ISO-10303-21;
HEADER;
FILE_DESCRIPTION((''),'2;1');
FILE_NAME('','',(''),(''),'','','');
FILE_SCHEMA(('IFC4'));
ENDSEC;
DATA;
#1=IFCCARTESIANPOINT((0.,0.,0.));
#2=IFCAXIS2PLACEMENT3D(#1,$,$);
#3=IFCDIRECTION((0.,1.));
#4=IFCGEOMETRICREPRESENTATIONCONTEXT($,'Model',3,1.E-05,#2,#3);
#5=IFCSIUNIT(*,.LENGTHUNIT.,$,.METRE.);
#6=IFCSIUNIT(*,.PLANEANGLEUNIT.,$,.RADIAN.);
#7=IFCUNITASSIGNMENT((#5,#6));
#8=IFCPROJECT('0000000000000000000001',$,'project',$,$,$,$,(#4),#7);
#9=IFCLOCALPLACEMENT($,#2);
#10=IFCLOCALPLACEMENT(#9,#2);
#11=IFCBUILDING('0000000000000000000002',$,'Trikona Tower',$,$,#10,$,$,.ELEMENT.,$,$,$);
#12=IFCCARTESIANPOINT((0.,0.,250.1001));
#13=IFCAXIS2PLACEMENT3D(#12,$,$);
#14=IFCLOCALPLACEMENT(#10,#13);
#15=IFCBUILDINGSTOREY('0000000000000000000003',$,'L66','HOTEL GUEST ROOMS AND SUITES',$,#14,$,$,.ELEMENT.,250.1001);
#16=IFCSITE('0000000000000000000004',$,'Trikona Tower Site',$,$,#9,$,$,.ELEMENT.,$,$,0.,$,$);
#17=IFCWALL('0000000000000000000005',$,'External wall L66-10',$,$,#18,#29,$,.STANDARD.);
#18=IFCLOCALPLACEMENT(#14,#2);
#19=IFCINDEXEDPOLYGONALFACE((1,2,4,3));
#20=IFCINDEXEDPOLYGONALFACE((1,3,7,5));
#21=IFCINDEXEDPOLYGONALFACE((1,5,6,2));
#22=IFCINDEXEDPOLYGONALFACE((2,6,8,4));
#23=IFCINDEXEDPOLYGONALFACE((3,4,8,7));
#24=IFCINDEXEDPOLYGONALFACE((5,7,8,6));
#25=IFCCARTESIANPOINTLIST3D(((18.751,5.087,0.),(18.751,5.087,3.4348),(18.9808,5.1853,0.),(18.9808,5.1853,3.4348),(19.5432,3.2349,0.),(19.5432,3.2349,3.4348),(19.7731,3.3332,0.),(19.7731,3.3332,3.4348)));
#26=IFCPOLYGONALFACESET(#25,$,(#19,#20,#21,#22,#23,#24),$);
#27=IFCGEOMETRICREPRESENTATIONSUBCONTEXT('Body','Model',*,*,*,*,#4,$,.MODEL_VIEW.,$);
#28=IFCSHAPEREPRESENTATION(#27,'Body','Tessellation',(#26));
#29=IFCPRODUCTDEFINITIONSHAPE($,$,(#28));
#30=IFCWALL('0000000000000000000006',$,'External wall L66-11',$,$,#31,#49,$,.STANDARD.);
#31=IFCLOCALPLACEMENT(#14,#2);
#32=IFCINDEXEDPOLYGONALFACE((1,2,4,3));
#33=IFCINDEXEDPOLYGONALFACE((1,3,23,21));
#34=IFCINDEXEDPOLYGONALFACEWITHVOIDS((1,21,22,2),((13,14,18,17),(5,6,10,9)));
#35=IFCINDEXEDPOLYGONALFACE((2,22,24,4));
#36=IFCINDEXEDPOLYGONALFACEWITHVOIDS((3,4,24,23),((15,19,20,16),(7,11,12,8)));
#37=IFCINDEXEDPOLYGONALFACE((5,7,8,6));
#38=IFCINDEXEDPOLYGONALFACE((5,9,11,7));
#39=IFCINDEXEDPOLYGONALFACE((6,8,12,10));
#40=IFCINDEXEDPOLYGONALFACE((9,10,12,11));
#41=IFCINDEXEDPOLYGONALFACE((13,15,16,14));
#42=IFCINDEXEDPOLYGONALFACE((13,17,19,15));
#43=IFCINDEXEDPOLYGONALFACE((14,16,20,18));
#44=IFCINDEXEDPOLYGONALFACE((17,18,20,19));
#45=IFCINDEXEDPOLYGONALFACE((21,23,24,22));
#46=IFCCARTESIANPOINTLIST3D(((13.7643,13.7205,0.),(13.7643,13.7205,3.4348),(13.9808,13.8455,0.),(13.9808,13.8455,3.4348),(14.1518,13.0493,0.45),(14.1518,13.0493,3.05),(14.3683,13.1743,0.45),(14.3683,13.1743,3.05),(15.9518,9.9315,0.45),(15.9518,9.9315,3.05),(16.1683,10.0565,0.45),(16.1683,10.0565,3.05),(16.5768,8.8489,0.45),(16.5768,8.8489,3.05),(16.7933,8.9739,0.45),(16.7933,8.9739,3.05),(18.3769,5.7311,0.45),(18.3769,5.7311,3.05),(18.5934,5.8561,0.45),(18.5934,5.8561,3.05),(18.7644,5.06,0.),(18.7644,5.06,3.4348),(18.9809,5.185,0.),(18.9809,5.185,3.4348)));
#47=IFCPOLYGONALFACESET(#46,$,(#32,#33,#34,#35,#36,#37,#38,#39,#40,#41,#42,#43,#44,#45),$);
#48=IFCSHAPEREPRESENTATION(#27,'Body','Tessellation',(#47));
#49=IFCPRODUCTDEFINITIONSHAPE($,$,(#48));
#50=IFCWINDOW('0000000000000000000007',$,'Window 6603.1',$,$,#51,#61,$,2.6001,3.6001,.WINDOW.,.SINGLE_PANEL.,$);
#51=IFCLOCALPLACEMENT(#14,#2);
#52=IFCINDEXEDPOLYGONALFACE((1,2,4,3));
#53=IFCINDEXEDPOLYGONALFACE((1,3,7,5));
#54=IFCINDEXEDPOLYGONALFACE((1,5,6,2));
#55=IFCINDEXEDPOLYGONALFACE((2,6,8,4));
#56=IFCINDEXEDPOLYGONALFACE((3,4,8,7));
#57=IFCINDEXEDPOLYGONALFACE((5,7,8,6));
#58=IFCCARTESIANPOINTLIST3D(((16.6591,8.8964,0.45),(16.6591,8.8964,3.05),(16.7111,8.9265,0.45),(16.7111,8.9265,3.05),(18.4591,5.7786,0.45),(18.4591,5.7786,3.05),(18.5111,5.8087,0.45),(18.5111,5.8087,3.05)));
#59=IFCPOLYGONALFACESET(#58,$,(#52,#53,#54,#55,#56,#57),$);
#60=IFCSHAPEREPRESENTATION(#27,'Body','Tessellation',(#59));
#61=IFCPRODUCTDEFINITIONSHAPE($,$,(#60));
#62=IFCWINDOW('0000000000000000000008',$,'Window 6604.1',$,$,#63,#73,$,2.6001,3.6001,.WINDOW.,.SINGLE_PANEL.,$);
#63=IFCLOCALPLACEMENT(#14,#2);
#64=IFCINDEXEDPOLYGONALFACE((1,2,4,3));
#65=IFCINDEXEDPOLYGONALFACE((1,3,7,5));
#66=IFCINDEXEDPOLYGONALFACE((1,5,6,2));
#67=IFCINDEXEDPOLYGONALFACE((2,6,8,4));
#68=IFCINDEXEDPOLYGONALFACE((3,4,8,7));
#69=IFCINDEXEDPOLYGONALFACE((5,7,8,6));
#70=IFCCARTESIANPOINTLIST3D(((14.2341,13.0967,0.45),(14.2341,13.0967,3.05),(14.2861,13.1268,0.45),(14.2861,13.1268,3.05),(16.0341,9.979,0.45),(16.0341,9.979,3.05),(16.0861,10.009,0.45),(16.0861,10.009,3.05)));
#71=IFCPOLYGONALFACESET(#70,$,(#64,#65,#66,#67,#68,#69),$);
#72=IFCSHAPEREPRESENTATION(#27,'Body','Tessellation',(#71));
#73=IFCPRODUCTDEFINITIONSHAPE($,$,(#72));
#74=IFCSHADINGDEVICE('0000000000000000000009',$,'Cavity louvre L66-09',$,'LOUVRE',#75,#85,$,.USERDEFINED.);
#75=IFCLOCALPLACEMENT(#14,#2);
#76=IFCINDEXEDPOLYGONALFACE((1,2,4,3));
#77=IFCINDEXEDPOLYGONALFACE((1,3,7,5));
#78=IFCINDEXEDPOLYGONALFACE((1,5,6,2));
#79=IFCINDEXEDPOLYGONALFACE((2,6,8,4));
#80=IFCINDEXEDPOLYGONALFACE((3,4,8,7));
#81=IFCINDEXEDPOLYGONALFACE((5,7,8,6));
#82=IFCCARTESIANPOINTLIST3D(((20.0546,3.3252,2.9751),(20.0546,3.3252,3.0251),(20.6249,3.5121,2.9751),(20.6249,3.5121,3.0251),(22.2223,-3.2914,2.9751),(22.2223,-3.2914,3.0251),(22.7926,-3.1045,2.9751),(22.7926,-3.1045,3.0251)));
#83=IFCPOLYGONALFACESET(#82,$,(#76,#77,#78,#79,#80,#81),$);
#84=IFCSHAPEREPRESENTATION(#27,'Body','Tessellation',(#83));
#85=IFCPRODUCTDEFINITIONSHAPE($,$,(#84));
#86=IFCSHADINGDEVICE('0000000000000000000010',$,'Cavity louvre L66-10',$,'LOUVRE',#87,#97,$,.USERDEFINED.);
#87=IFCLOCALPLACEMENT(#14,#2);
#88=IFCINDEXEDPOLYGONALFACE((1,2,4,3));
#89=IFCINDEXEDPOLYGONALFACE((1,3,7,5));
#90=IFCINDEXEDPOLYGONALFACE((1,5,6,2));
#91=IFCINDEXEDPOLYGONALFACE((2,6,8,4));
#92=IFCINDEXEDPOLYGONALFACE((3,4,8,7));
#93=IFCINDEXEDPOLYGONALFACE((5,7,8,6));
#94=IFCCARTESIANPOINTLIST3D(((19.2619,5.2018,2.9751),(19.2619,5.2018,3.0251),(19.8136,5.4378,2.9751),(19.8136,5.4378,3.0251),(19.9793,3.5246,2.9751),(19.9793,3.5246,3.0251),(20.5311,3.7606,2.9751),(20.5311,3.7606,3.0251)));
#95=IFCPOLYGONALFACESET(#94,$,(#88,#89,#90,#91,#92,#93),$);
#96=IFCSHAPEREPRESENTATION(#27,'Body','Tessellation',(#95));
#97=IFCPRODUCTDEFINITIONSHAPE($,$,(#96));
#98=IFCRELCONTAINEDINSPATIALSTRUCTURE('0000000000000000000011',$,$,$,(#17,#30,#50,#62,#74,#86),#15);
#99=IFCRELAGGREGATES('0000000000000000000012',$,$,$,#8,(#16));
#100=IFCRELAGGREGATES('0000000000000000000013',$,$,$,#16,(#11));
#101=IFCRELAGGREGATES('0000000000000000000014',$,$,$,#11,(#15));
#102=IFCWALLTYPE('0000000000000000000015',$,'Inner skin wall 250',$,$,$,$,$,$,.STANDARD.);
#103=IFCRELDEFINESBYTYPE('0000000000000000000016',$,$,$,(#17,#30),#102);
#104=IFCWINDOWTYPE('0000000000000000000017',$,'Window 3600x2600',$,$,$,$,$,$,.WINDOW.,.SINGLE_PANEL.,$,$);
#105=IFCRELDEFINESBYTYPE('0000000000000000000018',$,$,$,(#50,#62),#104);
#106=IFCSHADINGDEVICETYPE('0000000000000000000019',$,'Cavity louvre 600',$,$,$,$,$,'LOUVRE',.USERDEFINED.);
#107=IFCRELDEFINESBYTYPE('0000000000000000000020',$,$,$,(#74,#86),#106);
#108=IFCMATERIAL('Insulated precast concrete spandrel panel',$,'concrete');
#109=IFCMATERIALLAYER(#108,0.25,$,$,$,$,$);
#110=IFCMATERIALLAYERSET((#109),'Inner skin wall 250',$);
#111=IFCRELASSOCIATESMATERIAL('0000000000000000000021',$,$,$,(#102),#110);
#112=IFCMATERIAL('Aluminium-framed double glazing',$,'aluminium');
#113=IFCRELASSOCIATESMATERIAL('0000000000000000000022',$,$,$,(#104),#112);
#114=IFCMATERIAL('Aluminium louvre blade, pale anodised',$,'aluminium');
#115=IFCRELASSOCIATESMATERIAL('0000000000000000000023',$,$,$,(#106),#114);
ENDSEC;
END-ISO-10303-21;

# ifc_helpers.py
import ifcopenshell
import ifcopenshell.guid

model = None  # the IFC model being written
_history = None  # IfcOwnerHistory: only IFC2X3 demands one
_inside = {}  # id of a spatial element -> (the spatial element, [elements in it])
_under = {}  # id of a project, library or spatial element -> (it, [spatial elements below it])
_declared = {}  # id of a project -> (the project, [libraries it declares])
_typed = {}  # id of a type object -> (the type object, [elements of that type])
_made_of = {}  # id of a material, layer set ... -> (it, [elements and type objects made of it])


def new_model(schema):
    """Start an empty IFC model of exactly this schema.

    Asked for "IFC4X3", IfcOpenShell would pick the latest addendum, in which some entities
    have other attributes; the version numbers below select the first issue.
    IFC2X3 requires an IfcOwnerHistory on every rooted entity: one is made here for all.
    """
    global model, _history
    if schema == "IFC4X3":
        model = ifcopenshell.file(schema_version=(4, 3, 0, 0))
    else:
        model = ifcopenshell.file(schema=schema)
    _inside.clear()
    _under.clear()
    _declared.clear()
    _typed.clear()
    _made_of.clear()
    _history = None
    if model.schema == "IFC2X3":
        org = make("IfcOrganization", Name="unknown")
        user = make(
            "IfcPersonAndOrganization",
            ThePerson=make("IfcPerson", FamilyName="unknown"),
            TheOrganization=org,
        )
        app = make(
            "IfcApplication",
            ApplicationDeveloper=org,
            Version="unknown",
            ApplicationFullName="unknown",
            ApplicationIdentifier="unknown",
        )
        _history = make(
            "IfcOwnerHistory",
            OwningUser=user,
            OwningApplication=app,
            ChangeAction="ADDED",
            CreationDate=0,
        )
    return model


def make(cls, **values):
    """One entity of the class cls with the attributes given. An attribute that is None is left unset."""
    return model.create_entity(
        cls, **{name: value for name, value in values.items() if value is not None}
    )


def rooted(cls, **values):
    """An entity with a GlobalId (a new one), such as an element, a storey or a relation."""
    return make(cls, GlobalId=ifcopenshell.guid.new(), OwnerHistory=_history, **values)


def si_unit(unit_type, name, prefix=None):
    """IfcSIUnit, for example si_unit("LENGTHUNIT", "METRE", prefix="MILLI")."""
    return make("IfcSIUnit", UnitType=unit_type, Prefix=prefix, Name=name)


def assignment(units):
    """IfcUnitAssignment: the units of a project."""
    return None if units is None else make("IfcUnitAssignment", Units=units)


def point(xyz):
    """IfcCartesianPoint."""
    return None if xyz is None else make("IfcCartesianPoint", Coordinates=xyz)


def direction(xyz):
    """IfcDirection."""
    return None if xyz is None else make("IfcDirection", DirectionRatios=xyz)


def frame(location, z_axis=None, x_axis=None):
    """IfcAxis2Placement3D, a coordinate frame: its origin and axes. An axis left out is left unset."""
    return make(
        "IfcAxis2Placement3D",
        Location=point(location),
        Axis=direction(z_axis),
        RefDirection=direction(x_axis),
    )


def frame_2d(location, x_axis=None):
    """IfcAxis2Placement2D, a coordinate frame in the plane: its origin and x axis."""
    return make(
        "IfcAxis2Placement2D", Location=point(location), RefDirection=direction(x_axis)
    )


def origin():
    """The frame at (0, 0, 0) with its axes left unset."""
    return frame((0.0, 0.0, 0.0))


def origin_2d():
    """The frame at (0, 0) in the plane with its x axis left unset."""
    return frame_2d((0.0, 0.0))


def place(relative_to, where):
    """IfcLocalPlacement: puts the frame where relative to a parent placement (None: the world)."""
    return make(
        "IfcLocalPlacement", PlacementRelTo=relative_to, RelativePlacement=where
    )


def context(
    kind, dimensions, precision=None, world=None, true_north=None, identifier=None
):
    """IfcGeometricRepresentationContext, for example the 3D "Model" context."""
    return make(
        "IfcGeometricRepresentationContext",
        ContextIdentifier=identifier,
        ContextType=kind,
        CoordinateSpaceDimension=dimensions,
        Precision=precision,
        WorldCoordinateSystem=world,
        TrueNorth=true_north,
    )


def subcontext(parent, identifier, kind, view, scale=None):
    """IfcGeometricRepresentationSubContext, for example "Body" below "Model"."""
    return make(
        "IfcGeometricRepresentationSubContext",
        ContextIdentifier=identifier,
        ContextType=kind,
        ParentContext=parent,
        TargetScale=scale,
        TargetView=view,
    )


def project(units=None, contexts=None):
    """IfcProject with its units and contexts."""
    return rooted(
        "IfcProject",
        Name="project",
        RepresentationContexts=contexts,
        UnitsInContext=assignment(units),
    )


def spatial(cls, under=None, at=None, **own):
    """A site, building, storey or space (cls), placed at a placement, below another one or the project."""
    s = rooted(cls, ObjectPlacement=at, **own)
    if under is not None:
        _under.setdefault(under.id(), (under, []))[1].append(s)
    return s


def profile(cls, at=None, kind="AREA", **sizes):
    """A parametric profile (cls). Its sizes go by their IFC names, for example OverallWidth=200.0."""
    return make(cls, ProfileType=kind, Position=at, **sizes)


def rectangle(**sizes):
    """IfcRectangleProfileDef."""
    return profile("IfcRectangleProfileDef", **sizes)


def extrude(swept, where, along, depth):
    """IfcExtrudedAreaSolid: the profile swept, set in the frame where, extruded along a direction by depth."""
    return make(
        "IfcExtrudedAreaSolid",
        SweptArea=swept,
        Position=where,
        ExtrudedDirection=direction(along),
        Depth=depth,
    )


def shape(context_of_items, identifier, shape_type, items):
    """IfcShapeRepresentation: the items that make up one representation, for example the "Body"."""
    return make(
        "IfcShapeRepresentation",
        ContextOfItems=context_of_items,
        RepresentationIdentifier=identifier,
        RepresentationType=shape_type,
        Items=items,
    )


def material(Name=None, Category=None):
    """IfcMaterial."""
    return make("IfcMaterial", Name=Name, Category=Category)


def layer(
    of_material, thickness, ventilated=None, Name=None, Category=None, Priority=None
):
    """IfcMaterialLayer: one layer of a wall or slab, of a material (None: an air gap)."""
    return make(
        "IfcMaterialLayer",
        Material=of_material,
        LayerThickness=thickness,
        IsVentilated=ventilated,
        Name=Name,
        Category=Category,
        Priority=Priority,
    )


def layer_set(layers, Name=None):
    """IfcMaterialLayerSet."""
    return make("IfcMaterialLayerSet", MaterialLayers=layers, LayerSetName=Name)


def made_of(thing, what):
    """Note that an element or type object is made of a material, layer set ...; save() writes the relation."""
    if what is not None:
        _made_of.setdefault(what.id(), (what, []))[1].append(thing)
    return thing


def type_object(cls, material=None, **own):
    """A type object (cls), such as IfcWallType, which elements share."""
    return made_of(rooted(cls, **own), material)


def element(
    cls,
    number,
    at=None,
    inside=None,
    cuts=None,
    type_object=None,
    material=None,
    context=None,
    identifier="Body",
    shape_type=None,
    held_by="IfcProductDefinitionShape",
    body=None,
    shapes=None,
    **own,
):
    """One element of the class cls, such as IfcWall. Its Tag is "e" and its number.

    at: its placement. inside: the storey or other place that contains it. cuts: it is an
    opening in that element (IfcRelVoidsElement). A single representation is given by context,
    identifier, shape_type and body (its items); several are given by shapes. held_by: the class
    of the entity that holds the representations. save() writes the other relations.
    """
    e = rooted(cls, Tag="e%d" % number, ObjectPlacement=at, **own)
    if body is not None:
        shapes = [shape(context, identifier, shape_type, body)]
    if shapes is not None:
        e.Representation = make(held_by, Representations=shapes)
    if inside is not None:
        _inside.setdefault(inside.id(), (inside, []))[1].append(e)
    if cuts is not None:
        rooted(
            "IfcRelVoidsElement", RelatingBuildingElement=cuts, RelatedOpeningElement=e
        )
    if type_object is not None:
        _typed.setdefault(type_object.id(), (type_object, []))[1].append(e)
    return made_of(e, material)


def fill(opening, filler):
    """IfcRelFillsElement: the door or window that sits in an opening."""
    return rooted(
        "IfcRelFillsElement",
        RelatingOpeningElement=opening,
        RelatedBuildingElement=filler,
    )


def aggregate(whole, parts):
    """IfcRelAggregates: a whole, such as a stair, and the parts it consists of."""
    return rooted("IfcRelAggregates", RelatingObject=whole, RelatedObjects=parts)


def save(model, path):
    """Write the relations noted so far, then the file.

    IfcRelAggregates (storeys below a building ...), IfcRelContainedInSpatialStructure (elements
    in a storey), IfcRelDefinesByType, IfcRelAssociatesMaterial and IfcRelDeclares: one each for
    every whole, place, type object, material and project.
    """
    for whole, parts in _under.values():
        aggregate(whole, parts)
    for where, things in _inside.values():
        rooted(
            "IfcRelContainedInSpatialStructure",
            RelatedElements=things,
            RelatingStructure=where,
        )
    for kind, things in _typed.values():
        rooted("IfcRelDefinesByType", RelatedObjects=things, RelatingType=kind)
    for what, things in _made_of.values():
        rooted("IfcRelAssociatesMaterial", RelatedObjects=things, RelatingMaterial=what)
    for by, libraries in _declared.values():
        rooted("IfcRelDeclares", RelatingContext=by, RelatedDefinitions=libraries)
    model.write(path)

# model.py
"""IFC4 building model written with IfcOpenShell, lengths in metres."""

from ifc_helpers import new_model, si_unit, direction, frame, frame_2d, origin, origin_2d, place, context, subcontext, project, spatial, rectangle, extrude, material, layer, layer_set, type_object, element, fill, save


model = new_model("IFC4")

# Units and contexts
model_context = context("Model", 3, precision=1e-05, world=origin(), true_north=direction((0.0, 1.0)))
body_context = subcontext(model_context, "Body", "Model", "MODEL_VIEW")
ifc_project = project(units=[si_unit("LENGTHUNIT", "METRE"), si_unit("PLANEANGLEUNIT", "RADIAN")], contexts=[model_context])

# Site, building, storey
site_placement = place(None, origin())
site = spatial("IfcSite", under=ifc_project, at=site_placement, Name="Trikona Tower Site", CompositionType="ELEMENT", RefElevation=0.0)
building_placement = place(site_placement, origin())
building = spatial("IfcBuilding", under=site, at=building_placement, Name="Trikona Tower", CompositionType="ELEMENT")
storey_placement = place(building_placement, frame((0.0, 0.0, 250.1001)))
storey = spatial("IfcBuildingStorey", under=building, at=storey_placement, Name="L66", Description="HOTEL GUEST ROOMS AND SUITES", CompositionType="ELEMENT", Elevation=250.1001)

# Wall
ifc_material_1 = material(Name="Insulated precast concrete spandrel panel", Category="concrete")
ifc_layer_1 = layer(ifc_material_1, 0.25)
ifc_layer_set_1 = layer_set([ifc_layer_1], Name="Inner skin wall 250")
wall_type = type_object("IfcWallType", Name="Inner skin wall 250", PredefinedType="STANDARD", material=ifc_layer_set_1)
wall_1_placement = place(storey_placement, frame((19.6582, 3.2839, 0.0), z_axis=(0.0, 0.0, 1.0), x_axis=(-0.39329, 0.919414, 0.0)))
element("IfcWall", 1, at=wall_1_placement, inside=storey, type_object=wall_type, Name="External wall L66-10", PredefinedType="STANDARD", context=body_context, shape_type="SweptSolid", body=[
    extrude(rectangle(XDim=2.0144, YDim=0.25, at=frame_2d((1.0073, 0.0))), origin(), (0.0, 0.0, 1.0), 3.4348),
])

# Wall, openings, windows
wall_2_placement = place(storey_placement, frame((18.8726, 5.1226, 0.0), z_axis=(0.0, 0.0, 1.0), x_axis=(-0.499994, 0.866029, 0.0)))
wall_2 = element("IfcWall", 2, at=wall_2_placement, inside=storey, type_object=wall_type, Name="External wall L66-11", PredefinedType="STANDARD", context=body_context, shape_type="SweptSolid", body=[
    extrude(rectangle(XDim=10.0002, YDim=0.25, at=frame_2d((5.0, 0.0))), origin(), (0.0, 0.0, 1.0), 3.4348),
])
opening_1_placement = place(wall_2_placement, frame((0.7749, 0.0, 0.45)))
opening_1 = element("IfcOpeningElement", 3, at=opening_1_placement, cuts=wall_2, PredefinedType="OPENING", context=body_context, shape_type="SweptSolid", body=[
    extrude(rectangle(XDim=3.6001, YDim=2.6001, at=frame_2d((1.8, 1.3))), frame((0.0, 0.135, 0.0), z_axis=(0.0, -1.0, 0.0), x_axis=(1.0, 0.0, 0.0)), (0.0, 0.0, 1.0), 0.27),
])
opening_2_placement = place(wall_2_placement, frame((5.625, 0.0, 0.45)))
opening_2 = element("IfcOpeningElement", 4, at=opening_2_placement, cuts=wall_2, PredefinedType="OPENING", context=body_context, shape_type="SweptSolid", body=[
    extrude(rectangle(XDim=3.6001, YDim=2.6001, at=frame_2d((1.8, 1.3))), frame((0.0, 0.135, 0.0), z_axis=(0.0, -1.0, 0.0), x_axis=(1.0, 0.0, 0.0)), (0.0, 0.0, 1.0), 0.27),
])
ifc_material_2 = material(Name="Aluminium-framed double glazing", Category="aluminium")
window_type = type_object("IfcWindowType", Name="Window 3600x2600", PartitioningType="SINGLE_PANEL", PredefinedType="WINDOW", material=ifc_material_2)
window_1_placement = place(opening_1_placement, origin())
window_1 = element("IfcWindow", 5, at=window_1_placement, inside=storey, type_object=window_type, Name="Window 6603.1", OverallHeight=2.6001, OverallWidth=3.6001, PartitioningType="SINGLE_PANEL", PredefinedType="WINDOW", context=body_context, shape_type="SweptSolid", body=[
    extrude(rectangle(XDim=3.6001, YDim=2.6001, at=frame_2d((1.8, 1.3))), frame((0.0, 0.03, 0.0), z_axis=(0.0, -1.0, 0.0), x_axis=(1.0, 0.0, 0.0)), (0.0, 0.0, 1.0), 0.0601),
])
fill(opening_1, window_1)
window_2_placement = place(opening_2_placement, origin())
window_2 = element("IfcWindow", 6, at=window_2_placement, inside=storey, type_object=window_type, Name="Window 6604.1", OverallHeight=2.6001, OverallWidth=3.6001, PartitioningType="SINGLE_PANEL", PredefinedType="WINDOW", context=body_context, shape_type="SweptSolid", body=[
    extrude(rectangle(XDim=3.6001, YDim=2.6001, at=frame_2d((1.8, 1.3))), frame((0.0, 0.03, 0.0), z_axis=(0.0, -1.0, 0.0), x_axis=(1.0, 0.0, 0.0)), (0.0, 0.0, 1.0), 0.0601),
])
fill(opening_2, window_2)

# Shading devices
ifc_material_3 = material(Name="Aluminium louvre blade, pale anodised", Category="aluminium")
shading_device_type = type_object("IfcShadingDeviceType", Name="Cavity louvre 600", ElementType="LOUVRE", PredefinedType="USERDEFINED", material=ifc_material_3)
shading_device_1_placement = place(storey_placement, frame((21.4236, 0.1104, 2.9751), z_axis=(0.0, 0.0, 1.0), x_axis=(-0.311337, 0.9503, 0.0)))
element("IfcShadingDevice", 7, at=shading_device_1_placement, inside=storey, type_object=shading_device_type, Name="Cavity louvre L66-09", ObjectType="LOUVRE", PredefinedType="USERDEFINED", context=body_context, shape_type="SweptSolid", body=[
    extrude(rectangle(XDim=6.9626, YDim=0.6001, at=origin_2d()), origin(), (0.0, 0.0, 1.0), 0.05),
])
shading_device_2_placement = place(storey_placement, frame((19.8965, 4.4812, 2.9751), z_axis=(0.0, 0.0, 1.0), x_axis=(-0.393284, 0.919417, 0.0)))
element("IfcShadingDevice", 8, at=shading_device_2_placement, inside=storey, type_object=shading_device_type, Name="Cavity louvre L66-10", ObjectType="LOUVRE", PredefinedType="USERDEFINED", context=body_context, shape_type="SweptSolid", body=[
    extrude(rectangle(XDim=1.8242, YDim=0.6001, at=origin_2d()), origin(), (0.0, 0.0, 1.0), 0.05),
])

save(model, "model.ifc")
